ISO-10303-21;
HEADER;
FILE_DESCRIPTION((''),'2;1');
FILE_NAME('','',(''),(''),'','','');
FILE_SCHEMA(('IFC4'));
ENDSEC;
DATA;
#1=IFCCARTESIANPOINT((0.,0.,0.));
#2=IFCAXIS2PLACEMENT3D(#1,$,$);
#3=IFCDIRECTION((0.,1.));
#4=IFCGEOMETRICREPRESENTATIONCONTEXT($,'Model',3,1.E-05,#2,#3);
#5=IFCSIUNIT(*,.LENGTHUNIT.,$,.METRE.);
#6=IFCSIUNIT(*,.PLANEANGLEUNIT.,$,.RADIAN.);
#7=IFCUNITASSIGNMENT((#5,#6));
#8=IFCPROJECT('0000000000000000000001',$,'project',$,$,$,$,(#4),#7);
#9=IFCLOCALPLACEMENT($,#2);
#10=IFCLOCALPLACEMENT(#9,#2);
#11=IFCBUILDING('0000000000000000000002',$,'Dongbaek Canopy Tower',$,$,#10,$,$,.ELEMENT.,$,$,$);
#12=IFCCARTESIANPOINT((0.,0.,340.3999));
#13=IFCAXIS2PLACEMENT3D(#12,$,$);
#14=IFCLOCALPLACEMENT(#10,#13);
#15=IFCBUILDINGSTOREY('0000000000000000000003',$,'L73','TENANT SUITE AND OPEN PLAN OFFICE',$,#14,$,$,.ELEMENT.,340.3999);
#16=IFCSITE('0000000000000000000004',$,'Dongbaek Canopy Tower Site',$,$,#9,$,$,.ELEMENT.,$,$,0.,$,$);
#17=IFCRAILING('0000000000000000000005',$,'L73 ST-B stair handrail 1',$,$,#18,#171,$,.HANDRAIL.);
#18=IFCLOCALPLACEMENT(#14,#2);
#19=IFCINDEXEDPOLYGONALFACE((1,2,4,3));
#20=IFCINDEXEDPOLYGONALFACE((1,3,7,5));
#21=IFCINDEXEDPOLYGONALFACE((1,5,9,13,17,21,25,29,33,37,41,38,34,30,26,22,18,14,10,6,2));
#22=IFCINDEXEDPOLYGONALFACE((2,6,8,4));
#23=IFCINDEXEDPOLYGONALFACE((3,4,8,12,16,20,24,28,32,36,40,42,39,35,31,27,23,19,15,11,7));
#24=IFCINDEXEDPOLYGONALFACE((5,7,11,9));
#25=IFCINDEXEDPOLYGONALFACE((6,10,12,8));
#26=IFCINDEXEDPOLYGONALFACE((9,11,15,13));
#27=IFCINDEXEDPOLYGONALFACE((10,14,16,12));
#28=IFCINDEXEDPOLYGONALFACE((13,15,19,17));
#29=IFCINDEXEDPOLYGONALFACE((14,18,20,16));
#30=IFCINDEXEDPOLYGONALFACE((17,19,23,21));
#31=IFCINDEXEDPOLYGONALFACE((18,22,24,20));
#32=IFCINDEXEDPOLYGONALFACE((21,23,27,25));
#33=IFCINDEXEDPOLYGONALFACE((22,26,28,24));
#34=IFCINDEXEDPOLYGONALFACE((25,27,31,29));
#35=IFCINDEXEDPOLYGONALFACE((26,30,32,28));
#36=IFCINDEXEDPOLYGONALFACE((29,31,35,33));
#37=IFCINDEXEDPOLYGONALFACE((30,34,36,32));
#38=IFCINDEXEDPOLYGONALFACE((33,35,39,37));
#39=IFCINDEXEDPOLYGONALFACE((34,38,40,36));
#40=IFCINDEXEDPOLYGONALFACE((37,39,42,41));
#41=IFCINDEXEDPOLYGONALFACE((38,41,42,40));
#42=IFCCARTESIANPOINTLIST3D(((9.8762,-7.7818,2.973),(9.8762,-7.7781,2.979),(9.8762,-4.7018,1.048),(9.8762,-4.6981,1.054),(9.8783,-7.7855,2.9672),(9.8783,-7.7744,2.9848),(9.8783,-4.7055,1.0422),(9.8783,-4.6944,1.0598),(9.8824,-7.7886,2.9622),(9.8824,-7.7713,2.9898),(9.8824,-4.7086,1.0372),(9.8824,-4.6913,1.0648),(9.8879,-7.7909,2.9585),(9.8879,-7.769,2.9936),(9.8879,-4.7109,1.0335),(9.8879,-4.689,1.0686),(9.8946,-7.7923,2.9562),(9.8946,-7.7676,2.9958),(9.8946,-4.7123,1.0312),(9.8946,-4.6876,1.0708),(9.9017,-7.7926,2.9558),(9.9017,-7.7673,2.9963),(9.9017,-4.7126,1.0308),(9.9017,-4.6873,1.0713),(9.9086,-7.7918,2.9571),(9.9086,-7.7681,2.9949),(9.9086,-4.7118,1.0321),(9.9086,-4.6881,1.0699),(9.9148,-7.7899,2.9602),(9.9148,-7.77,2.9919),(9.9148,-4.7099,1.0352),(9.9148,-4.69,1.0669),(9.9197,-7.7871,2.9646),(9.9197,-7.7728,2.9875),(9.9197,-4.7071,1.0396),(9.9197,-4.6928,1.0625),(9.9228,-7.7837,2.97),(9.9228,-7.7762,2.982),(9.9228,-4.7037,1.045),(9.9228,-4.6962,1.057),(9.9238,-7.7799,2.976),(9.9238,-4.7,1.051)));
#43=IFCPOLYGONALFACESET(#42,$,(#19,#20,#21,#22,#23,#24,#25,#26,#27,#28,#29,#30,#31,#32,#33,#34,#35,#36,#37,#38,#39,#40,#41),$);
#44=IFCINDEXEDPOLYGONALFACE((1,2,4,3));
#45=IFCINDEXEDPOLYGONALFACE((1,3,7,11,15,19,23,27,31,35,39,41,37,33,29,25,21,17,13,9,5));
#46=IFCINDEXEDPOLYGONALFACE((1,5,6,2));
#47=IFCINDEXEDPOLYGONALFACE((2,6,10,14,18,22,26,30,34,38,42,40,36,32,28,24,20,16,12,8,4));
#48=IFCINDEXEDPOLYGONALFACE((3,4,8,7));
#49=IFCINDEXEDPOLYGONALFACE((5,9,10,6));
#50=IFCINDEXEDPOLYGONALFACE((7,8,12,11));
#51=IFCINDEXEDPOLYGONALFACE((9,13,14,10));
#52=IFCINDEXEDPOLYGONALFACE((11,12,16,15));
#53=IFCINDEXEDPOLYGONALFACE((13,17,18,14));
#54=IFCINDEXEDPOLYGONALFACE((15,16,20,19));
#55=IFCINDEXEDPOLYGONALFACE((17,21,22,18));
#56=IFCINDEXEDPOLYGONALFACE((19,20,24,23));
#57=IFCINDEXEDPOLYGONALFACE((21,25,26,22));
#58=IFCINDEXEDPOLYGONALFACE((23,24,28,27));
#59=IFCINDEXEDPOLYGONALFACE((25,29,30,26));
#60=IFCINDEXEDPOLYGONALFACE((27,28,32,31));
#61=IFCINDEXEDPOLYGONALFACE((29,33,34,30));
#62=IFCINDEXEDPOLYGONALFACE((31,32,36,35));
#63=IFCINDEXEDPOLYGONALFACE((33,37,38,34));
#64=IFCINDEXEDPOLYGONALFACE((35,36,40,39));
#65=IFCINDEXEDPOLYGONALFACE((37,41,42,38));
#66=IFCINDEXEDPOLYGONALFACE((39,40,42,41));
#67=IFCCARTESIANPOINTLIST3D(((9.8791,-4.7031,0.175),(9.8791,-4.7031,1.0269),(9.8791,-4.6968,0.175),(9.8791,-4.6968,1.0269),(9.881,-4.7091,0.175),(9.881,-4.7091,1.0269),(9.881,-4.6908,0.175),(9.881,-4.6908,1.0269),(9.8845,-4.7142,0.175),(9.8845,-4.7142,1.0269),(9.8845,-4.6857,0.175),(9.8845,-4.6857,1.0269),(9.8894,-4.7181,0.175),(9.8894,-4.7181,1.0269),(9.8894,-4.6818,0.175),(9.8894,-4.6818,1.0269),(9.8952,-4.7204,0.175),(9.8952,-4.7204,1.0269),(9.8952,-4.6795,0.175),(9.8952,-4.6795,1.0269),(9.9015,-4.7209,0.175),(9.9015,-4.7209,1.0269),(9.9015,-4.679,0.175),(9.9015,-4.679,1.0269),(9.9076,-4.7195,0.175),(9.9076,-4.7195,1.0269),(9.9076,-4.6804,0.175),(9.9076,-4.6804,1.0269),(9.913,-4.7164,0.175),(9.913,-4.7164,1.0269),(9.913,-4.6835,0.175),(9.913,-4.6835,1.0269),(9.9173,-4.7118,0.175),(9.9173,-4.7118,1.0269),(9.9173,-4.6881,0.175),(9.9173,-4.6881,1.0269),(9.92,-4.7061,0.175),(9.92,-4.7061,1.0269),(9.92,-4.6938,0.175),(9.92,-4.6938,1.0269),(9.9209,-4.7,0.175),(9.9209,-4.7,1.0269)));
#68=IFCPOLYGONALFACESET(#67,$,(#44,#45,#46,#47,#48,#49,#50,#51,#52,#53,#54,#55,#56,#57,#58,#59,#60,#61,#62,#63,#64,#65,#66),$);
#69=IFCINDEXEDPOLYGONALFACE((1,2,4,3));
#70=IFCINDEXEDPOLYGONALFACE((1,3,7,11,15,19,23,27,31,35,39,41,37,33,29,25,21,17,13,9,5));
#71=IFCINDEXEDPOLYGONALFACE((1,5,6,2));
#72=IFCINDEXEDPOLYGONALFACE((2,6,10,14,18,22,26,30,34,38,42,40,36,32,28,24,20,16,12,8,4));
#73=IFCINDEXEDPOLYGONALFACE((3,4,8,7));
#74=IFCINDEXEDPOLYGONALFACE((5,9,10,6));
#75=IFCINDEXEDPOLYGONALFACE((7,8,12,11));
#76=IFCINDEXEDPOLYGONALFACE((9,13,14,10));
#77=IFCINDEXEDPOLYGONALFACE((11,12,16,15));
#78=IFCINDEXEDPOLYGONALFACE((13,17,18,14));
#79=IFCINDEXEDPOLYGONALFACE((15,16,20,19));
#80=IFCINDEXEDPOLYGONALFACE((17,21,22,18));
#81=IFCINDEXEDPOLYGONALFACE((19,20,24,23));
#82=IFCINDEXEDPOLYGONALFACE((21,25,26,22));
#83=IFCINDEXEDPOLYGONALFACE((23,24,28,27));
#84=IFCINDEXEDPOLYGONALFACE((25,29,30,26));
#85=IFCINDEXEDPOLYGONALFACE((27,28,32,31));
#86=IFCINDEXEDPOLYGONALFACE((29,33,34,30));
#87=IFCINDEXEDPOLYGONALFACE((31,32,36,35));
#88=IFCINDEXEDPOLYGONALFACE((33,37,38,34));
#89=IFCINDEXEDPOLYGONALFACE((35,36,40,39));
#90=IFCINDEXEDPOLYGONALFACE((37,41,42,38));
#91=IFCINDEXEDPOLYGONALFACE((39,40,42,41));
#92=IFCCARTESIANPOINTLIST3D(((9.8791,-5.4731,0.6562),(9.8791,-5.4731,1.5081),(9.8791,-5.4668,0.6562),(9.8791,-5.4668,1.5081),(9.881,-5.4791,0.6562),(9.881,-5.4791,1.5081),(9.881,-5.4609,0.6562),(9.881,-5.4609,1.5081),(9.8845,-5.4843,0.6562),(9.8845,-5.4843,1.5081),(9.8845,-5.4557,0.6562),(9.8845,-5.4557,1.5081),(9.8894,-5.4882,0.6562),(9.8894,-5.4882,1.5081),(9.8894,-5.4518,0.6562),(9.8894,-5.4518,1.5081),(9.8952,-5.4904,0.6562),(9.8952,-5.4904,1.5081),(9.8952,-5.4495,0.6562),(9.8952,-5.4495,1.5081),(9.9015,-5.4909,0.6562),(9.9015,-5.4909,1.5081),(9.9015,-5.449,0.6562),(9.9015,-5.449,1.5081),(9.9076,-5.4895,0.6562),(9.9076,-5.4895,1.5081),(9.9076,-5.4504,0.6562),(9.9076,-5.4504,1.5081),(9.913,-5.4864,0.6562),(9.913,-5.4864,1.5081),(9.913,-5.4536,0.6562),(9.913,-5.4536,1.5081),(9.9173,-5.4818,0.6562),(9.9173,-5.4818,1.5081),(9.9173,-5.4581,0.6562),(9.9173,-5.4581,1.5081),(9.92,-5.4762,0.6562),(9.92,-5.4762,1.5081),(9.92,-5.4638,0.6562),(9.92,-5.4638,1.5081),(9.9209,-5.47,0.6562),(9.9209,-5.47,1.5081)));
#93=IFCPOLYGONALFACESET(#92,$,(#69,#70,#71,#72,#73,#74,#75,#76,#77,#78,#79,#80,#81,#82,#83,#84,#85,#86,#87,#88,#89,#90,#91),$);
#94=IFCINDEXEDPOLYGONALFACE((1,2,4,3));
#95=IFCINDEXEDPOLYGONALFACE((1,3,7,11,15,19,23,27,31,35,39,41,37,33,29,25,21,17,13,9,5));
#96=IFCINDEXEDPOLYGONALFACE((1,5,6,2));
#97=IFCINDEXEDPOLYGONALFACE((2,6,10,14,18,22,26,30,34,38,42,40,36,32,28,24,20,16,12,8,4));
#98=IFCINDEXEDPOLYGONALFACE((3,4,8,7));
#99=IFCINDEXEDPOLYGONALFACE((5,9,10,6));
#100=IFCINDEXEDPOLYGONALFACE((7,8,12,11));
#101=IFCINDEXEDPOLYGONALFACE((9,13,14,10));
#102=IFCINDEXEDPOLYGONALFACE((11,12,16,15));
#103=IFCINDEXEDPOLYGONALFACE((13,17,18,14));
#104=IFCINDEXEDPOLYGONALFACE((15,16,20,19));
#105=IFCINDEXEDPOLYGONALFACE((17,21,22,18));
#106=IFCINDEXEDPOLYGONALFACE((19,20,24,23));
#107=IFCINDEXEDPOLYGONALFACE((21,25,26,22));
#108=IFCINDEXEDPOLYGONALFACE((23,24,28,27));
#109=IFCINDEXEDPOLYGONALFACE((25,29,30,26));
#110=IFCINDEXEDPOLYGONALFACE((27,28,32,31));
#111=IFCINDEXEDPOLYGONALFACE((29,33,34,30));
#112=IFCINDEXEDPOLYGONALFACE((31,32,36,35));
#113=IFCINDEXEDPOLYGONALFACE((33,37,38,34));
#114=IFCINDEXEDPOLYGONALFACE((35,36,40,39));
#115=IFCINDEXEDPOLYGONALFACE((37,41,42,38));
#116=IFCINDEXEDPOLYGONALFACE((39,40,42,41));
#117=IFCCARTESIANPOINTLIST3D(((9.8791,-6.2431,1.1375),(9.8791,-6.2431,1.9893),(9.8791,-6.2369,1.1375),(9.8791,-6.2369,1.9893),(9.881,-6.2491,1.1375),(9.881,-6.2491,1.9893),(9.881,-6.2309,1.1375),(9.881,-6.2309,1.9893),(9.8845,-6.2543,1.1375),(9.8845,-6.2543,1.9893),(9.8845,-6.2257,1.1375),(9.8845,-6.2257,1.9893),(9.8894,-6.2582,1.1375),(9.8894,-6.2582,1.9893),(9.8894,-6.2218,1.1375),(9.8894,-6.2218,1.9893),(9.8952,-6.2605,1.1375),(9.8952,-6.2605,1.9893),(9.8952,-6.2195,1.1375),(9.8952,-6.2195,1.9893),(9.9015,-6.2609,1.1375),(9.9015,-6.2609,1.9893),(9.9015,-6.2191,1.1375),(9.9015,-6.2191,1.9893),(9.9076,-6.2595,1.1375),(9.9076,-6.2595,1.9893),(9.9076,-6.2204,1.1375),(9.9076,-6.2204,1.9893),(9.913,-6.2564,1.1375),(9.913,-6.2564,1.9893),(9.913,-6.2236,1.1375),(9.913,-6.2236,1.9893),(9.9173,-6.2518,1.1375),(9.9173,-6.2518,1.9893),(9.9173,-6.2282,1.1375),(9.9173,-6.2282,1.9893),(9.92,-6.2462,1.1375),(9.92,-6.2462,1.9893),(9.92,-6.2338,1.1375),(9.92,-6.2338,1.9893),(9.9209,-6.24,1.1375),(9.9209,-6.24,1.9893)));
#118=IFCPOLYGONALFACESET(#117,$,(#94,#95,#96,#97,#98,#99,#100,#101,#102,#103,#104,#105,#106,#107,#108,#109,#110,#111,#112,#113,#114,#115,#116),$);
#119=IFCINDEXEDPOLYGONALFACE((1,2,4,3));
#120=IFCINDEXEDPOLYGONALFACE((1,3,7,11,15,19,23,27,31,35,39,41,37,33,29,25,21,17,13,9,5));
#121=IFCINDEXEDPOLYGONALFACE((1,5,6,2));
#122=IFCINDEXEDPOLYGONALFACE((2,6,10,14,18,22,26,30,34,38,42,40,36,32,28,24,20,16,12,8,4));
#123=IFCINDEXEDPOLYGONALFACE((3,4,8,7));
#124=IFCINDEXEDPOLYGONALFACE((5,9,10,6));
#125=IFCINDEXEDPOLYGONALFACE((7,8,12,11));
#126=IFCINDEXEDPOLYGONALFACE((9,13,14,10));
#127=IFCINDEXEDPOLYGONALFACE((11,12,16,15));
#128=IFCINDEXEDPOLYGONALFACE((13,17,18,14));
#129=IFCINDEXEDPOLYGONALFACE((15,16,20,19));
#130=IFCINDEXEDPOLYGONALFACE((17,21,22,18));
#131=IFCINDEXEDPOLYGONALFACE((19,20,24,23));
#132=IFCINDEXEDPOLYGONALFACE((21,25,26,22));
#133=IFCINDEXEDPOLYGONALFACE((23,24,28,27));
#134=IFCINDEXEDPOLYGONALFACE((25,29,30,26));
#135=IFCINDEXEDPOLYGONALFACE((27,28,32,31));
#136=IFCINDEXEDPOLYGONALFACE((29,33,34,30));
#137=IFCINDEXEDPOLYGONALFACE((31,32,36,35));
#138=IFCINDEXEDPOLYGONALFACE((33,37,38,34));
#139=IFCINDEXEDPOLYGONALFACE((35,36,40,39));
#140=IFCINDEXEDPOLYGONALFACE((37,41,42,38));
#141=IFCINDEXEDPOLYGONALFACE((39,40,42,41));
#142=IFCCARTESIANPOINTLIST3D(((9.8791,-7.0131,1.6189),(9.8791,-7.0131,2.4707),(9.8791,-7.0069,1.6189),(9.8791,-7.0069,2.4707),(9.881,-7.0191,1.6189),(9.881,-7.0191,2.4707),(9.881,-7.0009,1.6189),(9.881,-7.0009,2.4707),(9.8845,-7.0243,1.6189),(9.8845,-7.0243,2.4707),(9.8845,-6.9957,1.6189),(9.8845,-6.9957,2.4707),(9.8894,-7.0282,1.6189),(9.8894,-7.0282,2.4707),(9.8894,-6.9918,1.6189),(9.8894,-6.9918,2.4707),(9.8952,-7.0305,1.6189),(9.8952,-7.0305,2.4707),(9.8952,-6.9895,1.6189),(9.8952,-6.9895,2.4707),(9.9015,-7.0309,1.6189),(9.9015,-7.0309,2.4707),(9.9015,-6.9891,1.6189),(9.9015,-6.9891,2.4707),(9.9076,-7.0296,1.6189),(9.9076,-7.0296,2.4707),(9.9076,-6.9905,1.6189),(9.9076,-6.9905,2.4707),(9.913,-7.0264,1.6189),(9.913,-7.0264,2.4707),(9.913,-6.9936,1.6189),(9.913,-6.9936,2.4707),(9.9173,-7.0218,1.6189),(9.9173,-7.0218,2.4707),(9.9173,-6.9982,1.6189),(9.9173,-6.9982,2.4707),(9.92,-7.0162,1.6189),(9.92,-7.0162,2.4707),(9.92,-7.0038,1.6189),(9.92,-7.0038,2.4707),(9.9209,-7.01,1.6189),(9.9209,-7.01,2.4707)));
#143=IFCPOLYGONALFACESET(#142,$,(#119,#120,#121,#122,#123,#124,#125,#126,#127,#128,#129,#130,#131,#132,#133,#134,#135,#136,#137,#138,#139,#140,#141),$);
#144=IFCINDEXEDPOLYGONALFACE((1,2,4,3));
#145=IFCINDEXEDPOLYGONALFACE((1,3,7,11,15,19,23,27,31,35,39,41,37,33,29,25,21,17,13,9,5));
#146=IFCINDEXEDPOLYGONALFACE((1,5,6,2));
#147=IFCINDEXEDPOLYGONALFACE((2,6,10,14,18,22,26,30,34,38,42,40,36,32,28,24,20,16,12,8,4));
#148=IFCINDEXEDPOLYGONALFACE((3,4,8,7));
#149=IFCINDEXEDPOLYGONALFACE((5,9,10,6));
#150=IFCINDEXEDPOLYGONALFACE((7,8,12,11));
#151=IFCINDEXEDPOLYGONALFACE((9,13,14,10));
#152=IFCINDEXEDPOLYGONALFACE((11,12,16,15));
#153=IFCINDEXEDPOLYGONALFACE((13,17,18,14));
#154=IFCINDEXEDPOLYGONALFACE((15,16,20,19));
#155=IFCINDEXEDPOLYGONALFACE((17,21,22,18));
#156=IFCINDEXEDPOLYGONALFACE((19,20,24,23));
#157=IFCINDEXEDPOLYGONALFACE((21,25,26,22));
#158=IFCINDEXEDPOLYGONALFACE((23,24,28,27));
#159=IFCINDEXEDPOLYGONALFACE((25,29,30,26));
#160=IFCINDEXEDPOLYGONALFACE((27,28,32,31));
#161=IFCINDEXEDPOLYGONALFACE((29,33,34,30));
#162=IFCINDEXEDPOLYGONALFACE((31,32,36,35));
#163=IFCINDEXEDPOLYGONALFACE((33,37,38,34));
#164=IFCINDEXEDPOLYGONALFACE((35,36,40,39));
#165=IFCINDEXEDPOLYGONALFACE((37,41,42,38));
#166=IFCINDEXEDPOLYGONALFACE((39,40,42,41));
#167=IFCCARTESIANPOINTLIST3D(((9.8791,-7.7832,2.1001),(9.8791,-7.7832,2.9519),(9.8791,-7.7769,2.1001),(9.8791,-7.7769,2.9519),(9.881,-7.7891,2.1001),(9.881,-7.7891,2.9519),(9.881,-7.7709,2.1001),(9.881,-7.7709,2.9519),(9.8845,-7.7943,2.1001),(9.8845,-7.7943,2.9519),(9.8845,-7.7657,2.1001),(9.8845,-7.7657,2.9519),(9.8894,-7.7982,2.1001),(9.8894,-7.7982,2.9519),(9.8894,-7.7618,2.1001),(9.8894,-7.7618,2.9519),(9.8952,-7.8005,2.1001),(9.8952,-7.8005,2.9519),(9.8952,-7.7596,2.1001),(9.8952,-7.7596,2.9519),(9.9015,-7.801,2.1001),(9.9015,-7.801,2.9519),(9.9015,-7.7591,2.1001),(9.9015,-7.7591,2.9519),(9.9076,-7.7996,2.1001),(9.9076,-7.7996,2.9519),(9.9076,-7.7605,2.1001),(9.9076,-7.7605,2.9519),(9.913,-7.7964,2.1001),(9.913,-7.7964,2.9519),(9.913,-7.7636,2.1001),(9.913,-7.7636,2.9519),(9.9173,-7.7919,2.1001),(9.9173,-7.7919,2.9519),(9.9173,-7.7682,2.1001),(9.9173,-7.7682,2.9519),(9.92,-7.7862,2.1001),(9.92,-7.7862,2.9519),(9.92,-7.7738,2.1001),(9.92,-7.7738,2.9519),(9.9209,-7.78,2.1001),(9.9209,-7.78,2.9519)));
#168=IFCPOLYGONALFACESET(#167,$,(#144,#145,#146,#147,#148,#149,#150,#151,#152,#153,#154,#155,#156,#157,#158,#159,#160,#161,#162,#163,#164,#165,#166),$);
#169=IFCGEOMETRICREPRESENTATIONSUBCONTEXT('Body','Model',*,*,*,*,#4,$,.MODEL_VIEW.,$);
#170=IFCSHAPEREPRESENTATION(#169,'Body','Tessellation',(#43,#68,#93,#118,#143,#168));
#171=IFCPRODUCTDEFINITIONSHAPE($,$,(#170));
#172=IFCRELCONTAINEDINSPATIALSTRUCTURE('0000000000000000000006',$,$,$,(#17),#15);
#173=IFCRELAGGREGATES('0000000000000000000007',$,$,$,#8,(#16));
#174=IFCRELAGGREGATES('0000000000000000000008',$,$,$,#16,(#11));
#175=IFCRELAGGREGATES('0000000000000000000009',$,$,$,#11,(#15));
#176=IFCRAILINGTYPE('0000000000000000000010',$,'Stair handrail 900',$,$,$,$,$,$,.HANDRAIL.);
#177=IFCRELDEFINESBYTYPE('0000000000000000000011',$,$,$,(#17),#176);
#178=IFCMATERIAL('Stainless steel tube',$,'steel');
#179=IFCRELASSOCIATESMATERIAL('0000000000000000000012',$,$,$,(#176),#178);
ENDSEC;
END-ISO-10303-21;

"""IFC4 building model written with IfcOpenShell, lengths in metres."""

from ifc_helpers import new_model, si_unit, direction, frame, origin, origin_2d, place, context, subcontext, project, spatial, circle, extrude, material, type_object, element, save


model = new_model("IFC4")

# Units and contexts
model_context = context("Model", 3, precision=1e-05, world=origin(), true_north=direction((0.0, 1.0)))
body_context = subcontext(model_context, "Body", "Model", "MODEL_VIEW")
ifc_project = project(units=[si_unit("LENGTHUNIT", "METRE"), si_unit("PLANEANGLEUNIT", "RADIAN")], contexts=[model_context])

# Site, building, storey
site_placement = place(None, origin())
site = spatial("IfcSite", under=ifc_project, at=site_placement, Name="Dongbaek Canopy Tower Site", CompositionType="ELEMENT", RefElevation=0.0)
building_placement = place(site_placement, origin())
building = spatial("IfcBuilding", under=site, at=building_placement, Name="Dongbaek Canopy Tower", CompositionType="ELEMENT")
storey_placement = place(building_placement, frame((0.0, 0.0, 340.3999)))
storey = spatial("IfcBuildingStorey", under=building, at=storey_placement, Name="L73", Description="TENANT SUITE AND OPEN PLAN OFFICE", CompositionType="ELEMENT", Elevation=340.3999)

# Railing
ifc_material_1 = material(Name="Stainless steel tube", Category="steel")
railing_type_1 = type_object("IfcRailingType", Name="Stair handrail 900", PredefinedType="HANDRAIL", material=ifc_material_1)
railing_1_placement = place(storey_placement, frame((9.8999, -4.7, 0.175)))
element("IfcRailing", 1, at=railing_1_placement, inside=storey, type_object=railing_type_1, Name="L73 ST-B stair handrail 1", PredefinedType="HANDRAIL", context=body_context, shape_type="SweptSolid", body=[
    extrude(circle(Radius=0.0239, at=origin_2d()), frame((0.0, 0.0, 0.876), z_axis=(0.0, -0.847998, 0.529999), x_axis=(1.0, 0.0, 0.0)), (0.0, 0.0, 1.0), 3.6321),
    extrude(circle(Radius=0.021, at=origin_2d()), origin(), (0.0, 0.0, 1.0), 0.8518),
    extrude(circle(Radius=0.021, at=origin_2d()), frame((0.0, -0.77, 0.4812)), (0.0, 0.0, 1.0), 0.8518),
    extrude(circle(Radius=0.021, at=origin_2d()), frame((0.0, -1.54, 0.9624)), (0.0, 0.0, 1.0), 0.8518),
    extrude(circle(Radius=0.021, at=origin_2d()), frame((0.0, -2.3101, 1.4438)), (0.0, 0.0, 1.0), 0.8518),
    extrude(circle(Radius=0.021, at=origin_2d()), frame((0.0, -3.0801, 1.925)), (0.0, 0.0, 1.0), 0.8518),
])

save(model, "model.ifc")
